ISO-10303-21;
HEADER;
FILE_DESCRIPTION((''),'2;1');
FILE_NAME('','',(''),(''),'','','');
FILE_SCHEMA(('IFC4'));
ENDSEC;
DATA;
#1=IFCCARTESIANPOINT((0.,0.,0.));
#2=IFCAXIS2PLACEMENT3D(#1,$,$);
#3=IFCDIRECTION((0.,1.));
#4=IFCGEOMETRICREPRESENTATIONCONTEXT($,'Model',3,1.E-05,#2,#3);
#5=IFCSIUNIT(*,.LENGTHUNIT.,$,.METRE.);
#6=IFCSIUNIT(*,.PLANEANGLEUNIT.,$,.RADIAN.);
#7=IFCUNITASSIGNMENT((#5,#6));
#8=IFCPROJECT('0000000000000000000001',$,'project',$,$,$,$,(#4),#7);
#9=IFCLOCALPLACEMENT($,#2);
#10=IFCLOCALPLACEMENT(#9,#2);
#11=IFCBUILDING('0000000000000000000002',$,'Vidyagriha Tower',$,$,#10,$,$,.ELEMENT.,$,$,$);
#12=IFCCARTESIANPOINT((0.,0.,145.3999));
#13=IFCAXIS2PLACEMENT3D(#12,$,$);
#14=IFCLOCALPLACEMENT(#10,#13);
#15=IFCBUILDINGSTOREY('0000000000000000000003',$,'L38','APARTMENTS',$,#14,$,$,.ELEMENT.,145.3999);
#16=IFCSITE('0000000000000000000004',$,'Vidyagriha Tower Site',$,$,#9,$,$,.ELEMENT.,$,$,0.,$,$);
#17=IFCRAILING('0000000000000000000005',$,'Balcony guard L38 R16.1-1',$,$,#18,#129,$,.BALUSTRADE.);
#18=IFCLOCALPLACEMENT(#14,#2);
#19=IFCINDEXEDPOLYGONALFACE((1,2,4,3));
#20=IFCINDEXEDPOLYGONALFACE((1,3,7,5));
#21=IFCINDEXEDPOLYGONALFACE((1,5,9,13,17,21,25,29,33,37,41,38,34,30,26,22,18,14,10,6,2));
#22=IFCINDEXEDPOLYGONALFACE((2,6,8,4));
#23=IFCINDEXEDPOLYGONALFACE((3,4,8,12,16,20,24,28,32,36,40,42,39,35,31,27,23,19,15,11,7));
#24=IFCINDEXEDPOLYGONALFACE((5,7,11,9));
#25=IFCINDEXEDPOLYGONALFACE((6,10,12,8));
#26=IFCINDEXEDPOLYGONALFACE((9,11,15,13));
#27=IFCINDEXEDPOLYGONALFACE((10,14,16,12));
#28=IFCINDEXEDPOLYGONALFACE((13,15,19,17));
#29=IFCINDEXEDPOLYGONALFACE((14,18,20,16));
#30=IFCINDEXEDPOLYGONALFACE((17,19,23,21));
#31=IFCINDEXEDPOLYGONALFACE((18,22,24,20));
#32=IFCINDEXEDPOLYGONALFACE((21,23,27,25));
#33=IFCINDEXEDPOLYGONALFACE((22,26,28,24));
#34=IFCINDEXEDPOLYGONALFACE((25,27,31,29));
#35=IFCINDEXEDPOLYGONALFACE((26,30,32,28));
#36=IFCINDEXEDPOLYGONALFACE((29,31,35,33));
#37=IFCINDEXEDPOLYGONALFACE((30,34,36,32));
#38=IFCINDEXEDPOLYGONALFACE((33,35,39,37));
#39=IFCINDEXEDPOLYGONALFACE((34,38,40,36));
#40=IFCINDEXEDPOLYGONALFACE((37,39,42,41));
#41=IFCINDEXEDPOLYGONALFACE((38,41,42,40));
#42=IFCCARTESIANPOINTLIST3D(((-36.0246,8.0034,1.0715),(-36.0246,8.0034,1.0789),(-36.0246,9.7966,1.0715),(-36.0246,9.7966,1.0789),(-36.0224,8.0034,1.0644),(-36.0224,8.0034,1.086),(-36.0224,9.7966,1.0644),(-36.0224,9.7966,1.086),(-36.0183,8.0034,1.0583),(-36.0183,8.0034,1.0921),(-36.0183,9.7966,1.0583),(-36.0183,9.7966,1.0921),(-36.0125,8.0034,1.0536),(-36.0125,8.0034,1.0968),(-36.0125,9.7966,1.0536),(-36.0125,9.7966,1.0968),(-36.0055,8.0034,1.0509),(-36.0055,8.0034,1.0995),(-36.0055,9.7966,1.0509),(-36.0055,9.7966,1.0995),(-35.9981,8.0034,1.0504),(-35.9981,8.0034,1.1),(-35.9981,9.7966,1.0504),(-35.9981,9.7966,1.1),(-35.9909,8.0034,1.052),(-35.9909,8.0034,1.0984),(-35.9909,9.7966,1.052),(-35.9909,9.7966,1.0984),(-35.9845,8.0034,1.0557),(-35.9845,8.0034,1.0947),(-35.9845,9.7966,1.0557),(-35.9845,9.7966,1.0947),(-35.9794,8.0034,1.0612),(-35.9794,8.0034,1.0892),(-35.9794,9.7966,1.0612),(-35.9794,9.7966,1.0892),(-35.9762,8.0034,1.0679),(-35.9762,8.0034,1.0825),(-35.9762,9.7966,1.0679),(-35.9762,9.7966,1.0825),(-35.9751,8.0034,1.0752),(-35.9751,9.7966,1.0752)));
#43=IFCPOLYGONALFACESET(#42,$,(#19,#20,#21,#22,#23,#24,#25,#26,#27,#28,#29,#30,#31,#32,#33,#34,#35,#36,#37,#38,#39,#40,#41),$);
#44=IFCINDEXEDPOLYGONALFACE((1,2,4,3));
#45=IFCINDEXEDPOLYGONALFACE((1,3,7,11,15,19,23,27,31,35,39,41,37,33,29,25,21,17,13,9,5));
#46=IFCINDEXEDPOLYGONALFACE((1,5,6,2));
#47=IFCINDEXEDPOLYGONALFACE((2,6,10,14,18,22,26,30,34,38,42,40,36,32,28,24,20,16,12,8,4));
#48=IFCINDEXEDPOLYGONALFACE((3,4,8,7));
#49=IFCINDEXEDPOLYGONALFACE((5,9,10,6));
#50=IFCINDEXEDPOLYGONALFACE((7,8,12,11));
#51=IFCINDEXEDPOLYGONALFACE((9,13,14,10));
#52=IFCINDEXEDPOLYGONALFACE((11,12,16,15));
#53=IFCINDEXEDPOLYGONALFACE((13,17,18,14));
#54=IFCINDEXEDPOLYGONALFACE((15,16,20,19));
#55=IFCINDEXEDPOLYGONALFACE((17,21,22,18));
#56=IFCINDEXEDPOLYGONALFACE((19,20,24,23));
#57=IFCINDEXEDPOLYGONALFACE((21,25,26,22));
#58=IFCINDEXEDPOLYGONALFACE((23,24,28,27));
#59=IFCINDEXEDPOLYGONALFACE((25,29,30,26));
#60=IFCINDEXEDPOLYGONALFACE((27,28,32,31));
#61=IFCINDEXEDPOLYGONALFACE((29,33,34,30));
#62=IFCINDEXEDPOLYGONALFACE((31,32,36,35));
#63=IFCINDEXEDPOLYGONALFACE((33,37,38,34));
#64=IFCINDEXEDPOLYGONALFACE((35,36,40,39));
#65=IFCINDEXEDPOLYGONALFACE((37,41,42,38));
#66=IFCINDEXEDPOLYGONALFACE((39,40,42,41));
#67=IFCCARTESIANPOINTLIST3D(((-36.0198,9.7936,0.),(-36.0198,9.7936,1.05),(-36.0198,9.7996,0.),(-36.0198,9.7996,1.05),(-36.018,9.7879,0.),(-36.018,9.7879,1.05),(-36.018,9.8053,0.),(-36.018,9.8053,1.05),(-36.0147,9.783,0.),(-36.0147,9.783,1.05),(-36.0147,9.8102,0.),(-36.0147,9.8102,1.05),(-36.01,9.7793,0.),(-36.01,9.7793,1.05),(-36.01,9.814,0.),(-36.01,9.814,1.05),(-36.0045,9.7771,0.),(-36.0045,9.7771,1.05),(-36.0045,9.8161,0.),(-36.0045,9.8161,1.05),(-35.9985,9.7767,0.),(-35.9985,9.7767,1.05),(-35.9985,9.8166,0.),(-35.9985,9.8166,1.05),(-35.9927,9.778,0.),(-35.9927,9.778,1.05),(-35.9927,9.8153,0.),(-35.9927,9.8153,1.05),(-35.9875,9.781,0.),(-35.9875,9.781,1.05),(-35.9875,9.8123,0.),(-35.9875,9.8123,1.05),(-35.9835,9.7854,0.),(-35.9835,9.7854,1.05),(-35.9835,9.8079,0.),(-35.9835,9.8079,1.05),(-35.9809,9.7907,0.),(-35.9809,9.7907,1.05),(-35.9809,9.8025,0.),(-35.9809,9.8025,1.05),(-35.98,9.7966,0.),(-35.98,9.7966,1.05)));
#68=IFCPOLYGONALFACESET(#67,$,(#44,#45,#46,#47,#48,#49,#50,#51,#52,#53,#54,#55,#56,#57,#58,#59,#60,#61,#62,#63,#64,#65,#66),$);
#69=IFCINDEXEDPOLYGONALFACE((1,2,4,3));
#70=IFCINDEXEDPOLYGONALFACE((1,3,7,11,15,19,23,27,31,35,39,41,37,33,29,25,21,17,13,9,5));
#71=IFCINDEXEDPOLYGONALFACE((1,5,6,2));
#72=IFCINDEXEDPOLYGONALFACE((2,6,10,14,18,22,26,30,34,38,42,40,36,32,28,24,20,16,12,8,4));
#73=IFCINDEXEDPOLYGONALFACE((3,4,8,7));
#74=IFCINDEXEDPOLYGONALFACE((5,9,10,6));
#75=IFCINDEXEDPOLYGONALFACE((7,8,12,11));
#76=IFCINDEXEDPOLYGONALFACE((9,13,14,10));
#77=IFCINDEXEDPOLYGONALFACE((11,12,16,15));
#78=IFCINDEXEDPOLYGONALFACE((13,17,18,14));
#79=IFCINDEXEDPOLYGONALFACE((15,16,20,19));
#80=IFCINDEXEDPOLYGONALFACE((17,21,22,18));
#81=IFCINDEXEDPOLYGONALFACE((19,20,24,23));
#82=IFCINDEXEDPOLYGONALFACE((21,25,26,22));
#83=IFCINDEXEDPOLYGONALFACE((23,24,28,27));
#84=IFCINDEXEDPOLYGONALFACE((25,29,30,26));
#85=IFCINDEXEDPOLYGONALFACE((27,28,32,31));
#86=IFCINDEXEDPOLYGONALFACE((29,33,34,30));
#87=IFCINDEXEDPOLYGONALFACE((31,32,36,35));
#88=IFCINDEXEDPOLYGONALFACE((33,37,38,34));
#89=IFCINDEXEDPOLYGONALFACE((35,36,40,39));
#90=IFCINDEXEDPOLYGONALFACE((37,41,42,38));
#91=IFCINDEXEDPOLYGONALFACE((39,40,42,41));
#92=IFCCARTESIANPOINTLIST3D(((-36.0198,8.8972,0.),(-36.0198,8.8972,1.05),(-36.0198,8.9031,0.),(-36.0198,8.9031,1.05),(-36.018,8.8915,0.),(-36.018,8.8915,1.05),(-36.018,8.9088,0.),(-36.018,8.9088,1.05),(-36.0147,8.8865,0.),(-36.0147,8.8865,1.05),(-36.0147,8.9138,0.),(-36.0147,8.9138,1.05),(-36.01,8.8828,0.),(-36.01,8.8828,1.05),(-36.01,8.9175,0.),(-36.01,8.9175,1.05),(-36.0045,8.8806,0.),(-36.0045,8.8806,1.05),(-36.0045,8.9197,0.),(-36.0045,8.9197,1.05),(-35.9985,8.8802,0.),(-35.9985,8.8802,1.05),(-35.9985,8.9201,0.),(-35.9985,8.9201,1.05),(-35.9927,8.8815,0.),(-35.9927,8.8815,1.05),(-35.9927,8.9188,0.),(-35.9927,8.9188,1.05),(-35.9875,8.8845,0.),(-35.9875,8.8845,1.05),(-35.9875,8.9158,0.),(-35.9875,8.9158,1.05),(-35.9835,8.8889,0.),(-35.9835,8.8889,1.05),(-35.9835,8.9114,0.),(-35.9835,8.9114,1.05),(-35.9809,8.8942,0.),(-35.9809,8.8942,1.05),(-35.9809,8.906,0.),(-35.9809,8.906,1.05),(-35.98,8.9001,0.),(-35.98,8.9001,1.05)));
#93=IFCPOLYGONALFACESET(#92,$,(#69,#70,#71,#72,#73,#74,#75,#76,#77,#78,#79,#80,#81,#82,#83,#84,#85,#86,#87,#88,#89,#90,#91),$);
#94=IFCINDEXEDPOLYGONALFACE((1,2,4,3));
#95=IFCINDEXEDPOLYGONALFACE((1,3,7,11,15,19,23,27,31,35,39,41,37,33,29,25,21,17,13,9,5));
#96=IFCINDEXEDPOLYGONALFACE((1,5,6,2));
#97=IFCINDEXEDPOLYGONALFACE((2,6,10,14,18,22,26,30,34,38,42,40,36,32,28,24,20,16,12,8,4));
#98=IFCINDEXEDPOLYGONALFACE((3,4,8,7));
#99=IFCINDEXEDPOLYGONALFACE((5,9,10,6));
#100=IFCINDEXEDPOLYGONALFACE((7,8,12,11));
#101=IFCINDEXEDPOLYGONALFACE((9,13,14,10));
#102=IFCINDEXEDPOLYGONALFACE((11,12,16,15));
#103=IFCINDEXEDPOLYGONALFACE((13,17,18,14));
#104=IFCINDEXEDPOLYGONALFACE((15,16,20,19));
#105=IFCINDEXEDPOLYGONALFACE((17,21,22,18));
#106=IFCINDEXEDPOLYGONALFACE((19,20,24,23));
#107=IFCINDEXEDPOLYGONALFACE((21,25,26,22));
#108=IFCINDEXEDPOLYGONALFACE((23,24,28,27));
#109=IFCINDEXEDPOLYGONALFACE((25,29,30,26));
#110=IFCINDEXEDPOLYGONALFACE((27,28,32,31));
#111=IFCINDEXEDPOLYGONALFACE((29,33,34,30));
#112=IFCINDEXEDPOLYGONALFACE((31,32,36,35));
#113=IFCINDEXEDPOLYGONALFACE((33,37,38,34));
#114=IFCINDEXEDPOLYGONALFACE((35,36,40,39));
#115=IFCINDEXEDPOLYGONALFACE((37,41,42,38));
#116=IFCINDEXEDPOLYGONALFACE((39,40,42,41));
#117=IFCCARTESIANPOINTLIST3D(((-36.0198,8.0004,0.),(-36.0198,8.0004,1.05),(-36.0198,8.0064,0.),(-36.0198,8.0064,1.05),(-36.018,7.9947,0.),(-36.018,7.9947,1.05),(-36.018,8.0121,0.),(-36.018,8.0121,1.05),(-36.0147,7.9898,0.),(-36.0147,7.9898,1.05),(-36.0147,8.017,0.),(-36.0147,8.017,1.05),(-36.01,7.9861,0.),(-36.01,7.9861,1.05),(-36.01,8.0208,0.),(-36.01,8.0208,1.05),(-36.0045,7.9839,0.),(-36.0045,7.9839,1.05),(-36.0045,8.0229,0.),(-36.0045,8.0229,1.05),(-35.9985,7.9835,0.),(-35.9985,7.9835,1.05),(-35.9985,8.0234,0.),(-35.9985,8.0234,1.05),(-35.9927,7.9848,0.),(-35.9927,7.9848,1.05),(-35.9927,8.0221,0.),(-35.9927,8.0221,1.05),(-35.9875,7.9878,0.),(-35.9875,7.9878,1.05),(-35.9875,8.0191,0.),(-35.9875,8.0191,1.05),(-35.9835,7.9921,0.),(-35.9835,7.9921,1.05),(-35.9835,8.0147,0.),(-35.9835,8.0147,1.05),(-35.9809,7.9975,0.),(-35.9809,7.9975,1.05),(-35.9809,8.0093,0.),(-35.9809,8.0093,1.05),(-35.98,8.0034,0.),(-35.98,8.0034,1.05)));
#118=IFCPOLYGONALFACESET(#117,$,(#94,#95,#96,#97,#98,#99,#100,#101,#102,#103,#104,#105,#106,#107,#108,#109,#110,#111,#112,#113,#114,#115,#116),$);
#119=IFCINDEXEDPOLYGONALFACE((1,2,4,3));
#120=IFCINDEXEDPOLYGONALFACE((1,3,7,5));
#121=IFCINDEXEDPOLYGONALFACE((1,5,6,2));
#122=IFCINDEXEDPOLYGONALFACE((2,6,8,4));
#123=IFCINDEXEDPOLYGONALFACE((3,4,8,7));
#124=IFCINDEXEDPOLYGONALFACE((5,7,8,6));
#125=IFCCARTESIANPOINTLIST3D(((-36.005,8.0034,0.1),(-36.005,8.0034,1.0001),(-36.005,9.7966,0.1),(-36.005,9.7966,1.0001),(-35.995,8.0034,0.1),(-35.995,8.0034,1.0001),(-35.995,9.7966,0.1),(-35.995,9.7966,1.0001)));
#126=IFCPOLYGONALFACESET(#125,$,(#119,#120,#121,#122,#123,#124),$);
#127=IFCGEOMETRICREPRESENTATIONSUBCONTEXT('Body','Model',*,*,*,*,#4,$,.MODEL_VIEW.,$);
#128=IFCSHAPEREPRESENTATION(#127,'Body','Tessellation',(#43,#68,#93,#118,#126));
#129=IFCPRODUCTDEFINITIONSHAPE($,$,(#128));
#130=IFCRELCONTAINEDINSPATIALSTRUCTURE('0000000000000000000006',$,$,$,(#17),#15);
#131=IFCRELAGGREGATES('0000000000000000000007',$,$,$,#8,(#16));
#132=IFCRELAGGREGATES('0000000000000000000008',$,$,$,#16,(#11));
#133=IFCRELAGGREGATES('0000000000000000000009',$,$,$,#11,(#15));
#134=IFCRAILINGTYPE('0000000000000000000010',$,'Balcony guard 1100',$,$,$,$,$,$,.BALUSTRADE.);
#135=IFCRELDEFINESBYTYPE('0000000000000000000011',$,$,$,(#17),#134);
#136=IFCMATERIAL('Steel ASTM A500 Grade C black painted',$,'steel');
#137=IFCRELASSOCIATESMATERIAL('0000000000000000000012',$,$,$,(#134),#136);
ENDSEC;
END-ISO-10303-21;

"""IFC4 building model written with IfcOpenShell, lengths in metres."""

from ifc_helpers import new_model, si_unit, direction, frame, origin, origin_2d, place, context, subcontext, project, spatial, rectangle, circle, extrude, material, type_object, element, save


model = new_model("IFC4")

# Units and contexts
model_context = context("Model", 3, precision=1e-05, world=origin(), true_north=direction((0.0, 1.0)))
body_context = subcontext(model_context, "Body", "Model", "MODEL_VIEW")
ifc_project = project(units=[si_unit("LENGTHUNIT", "METRE"), si_unit("PLANEANGLEUNIT", "RADIAN")], contexts=[model_context])

# Site, building, storey
site_placement = place(None, origin())
site = spatial("IfcSite", under=ifc_project, at=site_placement, Name="Vidyagriha Tower Site", CompositionType="ELEMENT", RefElevation=0.0)
building_placement = place(site_placement, origin())
building = spatial("IfcBuilding", under=site, at=building_placement, Name="Vidyagriha Tower", CompositionType="ELEMENT")
storey_placement = place(building_placement, frame((0.0, 0.0, 145.3999)))
storey = spatial("IfcBuildingStorey", under=building, at=storey_placement, Name="L38", Description="APARTMENTS", CompositionType="ELEMENT", Elevation=145.3999)

# Railing
ifc_material_1 = material(Name="Steel ASTM A500 Grade C black painted", Category="steel")
railing_type = type_object("IfcRailingType", Name="Balcony guard 1100", PredefinedType="BALUSTRADE", material=ifc_material_1)
railing_1_placement = place(storey_placement, frame((-36.0, 9.7966, 0.0)))
element("IfcRailing", 1, at=railing_1_placement, inside=storey, type_object=railing_type, Name="Balcony guard L38 R16.1-1", PredefinedType="BALUSTRADE", context=body_context, shape_type="SweptSolid", body=[
    extrude(circle(Radius=0.0249, at=origin_2d()), frame((0.0, 0.0, 1.0752), z_axis=(0.0, -1.0, 0.0), x_axis=(1.0, 0.0, 0.0)), (0.0, 0.0, 1.0), 1.7932),
    extrude(circle(Radius=0.02, at=origin_2d()), origin(), (0.0, 0.0, 1.0), 1.05),
    extrude(circle(Radius=0.02, at=origin_2d()), frame((0.0, -0.8965, 0.0)), (0.0, 0.0, 1.0), 1.05),
    extrude(circle(Radius=0.02, at=origin_2d()), frame((0.0, -1.7932, 0.0)), (0.0, 0.0, 1.0), 1.05),
    extrude(rectangle(XDim=0.01, YDim=0.9001, at=origin_2d()), frame((0.0, 0.0, 0.55), z_axis=(0.0, -1.0, 0.0), x_axis=(1.0, 0.0, 0.0)), (0.0, 0.0, 1.0), 1.7932),
])

save(model, "model.ifc")
